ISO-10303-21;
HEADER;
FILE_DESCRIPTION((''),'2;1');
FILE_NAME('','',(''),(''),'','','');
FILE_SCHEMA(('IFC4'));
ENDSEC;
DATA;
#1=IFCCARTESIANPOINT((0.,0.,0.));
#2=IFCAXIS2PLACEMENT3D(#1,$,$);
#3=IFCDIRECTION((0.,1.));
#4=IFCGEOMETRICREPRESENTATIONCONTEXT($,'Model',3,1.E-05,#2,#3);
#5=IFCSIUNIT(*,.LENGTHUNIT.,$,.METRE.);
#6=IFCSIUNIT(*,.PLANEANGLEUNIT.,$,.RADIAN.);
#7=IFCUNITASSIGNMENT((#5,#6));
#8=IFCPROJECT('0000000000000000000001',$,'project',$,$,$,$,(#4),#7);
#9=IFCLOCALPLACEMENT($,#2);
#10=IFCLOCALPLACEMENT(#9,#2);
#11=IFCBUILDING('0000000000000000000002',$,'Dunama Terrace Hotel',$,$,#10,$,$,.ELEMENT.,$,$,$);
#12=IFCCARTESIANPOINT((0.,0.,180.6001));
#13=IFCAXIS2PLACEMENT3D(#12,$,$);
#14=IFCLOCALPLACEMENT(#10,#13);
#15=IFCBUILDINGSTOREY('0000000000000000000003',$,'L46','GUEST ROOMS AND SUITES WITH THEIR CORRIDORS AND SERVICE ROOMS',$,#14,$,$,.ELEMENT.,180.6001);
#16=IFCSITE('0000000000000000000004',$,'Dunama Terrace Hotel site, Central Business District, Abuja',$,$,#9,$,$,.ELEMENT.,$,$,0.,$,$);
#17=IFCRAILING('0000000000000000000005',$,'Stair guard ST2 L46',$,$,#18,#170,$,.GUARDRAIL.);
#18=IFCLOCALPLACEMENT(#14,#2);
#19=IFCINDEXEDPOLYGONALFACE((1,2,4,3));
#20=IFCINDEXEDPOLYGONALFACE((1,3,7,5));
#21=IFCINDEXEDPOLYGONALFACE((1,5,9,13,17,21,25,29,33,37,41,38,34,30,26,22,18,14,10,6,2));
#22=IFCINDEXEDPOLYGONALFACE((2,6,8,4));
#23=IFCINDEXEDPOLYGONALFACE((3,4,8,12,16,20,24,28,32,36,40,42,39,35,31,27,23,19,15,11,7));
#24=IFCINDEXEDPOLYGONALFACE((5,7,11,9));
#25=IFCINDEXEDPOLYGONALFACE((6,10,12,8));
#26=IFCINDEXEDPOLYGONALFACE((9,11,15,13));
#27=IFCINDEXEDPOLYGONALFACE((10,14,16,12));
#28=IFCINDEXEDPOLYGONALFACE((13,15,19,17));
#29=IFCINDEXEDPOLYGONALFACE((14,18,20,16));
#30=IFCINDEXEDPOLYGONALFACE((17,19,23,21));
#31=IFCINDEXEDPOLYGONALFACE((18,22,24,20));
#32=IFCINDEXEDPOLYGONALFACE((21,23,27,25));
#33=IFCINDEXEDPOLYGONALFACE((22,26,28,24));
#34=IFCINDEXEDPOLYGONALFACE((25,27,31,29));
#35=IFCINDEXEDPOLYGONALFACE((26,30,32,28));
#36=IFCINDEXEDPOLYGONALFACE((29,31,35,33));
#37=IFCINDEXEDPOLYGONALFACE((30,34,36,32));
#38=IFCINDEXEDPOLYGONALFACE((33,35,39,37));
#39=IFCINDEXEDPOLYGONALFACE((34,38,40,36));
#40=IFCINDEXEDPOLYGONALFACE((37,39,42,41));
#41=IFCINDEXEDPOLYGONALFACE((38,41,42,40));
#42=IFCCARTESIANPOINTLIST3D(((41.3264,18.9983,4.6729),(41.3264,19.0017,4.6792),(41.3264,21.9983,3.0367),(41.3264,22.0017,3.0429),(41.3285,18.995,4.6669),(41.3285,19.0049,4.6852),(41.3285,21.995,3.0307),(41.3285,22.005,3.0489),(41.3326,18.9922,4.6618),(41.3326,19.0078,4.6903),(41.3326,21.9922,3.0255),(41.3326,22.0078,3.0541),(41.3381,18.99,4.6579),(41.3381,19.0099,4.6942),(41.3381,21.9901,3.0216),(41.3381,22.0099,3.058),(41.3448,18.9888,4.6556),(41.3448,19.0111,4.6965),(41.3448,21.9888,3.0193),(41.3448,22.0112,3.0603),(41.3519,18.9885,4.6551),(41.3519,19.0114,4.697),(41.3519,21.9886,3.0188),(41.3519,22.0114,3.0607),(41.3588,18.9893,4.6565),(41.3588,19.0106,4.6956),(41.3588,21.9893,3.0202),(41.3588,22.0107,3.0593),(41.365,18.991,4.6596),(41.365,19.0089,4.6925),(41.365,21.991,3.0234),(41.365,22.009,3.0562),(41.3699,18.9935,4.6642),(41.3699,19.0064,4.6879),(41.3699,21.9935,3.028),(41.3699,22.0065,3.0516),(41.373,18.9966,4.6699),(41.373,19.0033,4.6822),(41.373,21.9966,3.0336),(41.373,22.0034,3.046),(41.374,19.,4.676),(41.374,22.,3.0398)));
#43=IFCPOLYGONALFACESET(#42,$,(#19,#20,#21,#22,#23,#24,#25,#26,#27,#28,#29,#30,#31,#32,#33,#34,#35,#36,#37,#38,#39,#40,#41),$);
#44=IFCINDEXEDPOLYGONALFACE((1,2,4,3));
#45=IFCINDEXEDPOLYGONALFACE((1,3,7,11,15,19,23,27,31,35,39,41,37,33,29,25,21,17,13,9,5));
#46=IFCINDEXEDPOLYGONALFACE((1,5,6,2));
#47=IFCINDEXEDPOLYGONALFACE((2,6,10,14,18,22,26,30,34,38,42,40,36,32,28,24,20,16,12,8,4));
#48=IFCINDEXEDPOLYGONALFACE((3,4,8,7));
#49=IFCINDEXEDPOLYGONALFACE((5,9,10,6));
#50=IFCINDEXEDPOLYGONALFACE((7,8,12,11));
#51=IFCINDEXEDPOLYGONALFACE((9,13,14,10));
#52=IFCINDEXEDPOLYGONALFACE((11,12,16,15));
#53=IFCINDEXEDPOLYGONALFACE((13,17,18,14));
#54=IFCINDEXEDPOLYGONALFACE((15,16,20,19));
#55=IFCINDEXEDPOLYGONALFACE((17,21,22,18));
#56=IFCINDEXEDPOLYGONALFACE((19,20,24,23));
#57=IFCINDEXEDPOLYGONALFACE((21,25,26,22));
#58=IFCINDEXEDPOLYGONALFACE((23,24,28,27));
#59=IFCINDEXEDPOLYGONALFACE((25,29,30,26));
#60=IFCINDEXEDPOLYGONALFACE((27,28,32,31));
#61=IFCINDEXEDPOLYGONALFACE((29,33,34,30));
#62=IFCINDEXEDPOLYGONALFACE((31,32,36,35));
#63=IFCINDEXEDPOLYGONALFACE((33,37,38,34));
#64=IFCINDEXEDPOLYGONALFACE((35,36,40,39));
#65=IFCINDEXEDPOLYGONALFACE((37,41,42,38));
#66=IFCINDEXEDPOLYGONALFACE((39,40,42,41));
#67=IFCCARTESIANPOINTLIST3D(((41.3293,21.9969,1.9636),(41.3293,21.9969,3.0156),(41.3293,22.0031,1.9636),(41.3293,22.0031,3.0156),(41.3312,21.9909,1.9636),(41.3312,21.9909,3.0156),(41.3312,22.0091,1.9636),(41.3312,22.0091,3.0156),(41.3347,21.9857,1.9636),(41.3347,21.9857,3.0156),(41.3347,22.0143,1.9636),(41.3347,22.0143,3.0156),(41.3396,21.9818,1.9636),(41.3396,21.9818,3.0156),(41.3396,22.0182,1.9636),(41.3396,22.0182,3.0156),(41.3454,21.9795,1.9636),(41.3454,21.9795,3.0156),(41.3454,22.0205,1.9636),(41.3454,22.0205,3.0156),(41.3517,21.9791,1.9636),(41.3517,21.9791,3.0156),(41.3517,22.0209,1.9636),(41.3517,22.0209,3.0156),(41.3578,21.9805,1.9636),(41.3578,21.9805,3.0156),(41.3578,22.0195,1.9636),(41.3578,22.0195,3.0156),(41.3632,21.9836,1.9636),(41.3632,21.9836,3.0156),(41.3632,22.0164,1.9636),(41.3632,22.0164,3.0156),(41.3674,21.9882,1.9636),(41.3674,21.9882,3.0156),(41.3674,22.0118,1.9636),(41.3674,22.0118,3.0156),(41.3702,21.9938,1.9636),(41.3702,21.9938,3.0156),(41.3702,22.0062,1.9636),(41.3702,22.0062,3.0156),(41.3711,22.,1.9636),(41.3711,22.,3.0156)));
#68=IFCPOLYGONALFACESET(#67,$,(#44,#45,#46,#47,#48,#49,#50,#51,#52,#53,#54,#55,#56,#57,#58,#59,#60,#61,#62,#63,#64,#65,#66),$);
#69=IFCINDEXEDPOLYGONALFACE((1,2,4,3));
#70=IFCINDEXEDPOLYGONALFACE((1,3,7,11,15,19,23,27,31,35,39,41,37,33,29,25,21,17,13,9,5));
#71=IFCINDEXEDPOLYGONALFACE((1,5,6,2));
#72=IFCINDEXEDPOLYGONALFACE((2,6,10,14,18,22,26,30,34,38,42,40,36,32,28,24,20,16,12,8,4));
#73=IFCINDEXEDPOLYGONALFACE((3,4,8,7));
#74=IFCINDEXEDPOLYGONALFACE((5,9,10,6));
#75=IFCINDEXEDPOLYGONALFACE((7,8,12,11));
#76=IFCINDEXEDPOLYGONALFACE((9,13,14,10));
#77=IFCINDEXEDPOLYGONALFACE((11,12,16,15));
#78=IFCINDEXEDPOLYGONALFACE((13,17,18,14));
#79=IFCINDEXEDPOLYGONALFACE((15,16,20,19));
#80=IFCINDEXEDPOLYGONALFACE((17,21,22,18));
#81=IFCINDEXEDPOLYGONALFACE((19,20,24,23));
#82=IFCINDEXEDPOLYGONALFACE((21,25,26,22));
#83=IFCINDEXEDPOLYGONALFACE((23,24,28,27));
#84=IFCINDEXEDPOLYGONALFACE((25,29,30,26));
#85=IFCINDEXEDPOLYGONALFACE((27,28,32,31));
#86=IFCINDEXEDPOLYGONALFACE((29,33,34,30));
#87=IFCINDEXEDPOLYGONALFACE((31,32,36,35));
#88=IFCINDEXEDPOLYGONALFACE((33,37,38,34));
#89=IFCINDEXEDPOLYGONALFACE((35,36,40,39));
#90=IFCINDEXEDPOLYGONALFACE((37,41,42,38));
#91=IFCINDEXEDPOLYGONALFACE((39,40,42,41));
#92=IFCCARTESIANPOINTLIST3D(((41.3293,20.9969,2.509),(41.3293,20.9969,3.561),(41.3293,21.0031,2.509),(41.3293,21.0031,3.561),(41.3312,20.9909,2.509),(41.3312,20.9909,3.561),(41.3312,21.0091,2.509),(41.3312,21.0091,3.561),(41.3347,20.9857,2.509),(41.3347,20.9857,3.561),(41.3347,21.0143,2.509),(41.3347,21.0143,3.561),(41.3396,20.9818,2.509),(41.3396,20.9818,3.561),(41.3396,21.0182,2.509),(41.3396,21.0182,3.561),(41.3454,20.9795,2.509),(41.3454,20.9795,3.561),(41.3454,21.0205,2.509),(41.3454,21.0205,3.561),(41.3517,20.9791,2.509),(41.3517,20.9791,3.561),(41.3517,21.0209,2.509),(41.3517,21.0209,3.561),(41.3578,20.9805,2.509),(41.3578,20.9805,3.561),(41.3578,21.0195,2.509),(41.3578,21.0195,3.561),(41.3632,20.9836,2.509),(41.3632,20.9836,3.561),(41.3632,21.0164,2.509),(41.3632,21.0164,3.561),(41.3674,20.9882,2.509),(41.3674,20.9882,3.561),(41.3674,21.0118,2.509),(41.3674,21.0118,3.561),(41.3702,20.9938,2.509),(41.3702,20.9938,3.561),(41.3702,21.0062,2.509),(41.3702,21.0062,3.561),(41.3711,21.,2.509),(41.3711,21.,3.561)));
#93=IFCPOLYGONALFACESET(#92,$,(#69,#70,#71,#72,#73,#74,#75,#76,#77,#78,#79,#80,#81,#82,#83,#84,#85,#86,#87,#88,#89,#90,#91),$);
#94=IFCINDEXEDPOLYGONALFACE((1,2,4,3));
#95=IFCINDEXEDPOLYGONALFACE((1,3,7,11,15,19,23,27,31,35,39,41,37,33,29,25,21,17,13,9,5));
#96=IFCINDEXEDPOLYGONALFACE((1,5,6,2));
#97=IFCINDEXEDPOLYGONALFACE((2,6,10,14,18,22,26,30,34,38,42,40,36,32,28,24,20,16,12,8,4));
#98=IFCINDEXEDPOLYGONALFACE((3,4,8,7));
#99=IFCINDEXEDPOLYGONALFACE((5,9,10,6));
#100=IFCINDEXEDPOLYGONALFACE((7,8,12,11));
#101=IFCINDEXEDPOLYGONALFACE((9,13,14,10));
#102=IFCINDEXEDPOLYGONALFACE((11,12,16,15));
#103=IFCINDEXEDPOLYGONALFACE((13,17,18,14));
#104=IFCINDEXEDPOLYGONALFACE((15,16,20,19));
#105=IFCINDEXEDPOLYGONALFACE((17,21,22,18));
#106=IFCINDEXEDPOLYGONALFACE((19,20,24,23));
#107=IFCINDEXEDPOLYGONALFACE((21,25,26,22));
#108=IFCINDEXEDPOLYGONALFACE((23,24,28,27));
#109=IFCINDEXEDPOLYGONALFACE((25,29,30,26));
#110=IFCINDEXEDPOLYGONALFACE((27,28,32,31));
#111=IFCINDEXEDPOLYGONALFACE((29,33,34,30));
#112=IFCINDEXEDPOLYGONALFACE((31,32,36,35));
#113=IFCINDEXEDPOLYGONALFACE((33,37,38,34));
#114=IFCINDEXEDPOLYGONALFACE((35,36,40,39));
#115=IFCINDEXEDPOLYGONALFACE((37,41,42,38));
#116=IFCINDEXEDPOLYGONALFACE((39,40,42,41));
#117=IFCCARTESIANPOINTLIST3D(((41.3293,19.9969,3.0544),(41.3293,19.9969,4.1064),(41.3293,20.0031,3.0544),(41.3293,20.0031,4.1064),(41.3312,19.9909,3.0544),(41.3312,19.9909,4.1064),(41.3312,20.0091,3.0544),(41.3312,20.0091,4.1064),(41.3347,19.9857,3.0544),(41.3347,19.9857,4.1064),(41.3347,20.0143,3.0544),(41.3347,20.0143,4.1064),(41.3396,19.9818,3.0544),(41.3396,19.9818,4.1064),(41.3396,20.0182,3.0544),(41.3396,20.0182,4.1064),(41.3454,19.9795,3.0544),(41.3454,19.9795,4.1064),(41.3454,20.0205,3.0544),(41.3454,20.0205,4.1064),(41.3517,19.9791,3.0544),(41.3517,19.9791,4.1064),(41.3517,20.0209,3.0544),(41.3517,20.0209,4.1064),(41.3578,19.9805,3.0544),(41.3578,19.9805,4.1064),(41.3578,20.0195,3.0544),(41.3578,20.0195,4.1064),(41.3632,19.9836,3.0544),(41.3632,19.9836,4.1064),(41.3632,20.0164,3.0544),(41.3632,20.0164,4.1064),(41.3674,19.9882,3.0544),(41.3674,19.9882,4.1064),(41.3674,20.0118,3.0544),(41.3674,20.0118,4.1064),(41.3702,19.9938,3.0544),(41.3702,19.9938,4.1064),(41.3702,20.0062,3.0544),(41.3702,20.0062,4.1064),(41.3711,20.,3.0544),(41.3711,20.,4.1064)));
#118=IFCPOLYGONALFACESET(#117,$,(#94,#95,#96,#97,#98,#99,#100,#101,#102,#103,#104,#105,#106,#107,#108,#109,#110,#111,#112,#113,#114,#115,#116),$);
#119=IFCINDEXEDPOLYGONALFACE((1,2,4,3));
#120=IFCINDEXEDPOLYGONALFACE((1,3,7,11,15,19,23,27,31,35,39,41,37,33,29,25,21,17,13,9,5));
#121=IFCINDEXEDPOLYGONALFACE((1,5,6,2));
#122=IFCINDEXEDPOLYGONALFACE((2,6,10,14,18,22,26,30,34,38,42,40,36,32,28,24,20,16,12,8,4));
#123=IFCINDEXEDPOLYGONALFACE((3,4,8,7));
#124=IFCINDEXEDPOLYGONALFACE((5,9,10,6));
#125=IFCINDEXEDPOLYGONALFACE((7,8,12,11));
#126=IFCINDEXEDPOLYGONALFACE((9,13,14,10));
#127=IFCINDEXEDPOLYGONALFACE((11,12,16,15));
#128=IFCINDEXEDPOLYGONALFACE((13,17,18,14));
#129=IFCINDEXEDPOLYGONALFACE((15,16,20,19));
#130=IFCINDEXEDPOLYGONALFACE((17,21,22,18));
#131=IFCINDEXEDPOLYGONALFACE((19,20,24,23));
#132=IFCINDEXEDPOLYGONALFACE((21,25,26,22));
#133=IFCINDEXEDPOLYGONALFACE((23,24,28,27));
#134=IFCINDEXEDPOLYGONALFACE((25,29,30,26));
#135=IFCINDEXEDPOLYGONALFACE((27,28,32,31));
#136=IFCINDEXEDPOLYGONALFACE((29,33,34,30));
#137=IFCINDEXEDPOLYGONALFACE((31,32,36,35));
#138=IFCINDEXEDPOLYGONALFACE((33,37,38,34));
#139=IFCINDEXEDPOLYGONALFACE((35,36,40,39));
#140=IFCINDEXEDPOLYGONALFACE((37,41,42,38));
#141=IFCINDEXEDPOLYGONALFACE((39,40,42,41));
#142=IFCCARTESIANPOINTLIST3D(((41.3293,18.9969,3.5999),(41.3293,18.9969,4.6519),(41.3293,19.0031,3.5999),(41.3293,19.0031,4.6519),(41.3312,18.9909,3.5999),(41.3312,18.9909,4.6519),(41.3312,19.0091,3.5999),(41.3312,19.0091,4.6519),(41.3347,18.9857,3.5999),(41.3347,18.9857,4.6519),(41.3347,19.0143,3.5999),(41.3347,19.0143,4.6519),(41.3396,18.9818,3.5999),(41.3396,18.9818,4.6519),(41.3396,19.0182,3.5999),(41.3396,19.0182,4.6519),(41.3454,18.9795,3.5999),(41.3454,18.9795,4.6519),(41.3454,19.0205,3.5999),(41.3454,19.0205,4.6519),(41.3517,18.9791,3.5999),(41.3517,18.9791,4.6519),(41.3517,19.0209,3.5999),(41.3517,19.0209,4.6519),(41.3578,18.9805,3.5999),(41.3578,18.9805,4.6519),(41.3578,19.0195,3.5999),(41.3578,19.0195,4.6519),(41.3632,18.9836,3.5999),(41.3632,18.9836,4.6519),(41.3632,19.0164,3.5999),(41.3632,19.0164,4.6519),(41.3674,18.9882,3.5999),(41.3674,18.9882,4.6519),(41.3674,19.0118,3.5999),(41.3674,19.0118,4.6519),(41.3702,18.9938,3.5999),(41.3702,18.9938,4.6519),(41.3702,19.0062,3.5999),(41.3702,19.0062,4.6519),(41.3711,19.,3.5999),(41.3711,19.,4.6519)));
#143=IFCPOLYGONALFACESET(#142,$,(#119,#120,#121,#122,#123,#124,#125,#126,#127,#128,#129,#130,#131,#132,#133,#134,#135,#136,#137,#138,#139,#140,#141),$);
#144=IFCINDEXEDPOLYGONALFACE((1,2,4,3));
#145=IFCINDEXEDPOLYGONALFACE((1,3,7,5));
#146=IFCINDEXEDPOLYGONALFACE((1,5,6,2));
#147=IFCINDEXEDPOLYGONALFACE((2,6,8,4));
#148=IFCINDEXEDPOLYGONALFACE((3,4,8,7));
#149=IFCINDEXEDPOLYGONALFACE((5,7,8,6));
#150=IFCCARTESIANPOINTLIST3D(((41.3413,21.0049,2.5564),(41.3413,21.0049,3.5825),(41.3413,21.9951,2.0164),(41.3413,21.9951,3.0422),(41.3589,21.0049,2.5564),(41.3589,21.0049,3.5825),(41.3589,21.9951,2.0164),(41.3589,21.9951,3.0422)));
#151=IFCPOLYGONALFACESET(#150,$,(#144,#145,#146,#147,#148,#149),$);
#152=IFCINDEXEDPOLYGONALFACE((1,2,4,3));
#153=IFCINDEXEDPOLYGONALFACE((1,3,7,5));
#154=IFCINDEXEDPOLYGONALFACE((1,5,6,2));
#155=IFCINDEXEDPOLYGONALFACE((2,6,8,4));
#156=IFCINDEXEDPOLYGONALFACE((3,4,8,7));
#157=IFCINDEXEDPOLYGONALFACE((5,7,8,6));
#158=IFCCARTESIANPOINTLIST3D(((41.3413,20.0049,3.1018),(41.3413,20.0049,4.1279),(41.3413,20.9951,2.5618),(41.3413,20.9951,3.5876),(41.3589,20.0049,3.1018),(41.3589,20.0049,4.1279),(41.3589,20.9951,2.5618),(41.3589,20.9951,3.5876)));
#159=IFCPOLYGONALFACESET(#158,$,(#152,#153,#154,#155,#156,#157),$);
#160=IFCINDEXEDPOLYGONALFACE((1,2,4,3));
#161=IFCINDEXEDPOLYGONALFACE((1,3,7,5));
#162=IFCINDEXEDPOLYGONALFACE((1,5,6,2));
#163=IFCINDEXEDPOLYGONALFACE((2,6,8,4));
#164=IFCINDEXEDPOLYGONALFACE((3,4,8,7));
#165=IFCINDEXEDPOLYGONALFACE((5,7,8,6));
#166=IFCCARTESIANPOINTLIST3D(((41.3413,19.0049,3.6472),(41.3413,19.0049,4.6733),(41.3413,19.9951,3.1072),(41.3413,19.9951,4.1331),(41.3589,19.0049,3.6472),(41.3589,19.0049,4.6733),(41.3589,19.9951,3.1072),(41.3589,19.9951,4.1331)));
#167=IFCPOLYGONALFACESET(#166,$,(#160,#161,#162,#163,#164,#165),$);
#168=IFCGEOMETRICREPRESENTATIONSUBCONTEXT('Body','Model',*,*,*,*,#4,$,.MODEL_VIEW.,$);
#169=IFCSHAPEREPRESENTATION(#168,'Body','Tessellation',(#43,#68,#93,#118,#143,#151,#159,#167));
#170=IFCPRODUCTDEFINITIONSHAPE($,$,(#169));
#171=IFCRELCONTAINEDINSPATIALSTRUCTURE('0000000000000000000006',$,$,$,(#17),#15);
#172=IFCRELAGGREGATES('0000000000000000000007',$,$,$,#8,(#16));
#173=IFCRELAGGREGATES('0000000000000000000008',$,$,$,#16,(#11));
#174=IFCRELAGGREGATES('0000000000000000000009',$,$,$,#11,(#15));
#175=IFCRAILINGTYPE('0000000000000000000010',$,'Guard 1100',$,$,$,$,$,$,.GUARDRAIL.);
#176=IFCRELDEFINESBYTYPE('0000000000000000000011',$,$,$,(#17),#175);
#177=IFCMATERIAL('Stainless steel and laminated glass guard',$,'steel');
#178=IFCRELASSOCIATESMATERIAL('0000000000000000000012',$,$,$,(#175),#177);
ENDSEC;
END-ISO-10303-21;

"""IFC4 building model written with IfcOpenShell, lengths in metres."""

from ifc_helpers import new_model, si_unit, direction, frame, origin, origin_2d, place, context, subcontext, project, spatial, polyline, circle, outline, extrude, material, type_object, element, save


model = new_model("IFC4")

# Units and contexts
model_context = context("Model", 3, precision=1e-05, world=origin(), true_north=direction((0.0, 1.0)))
body_context = subcontext(model_context, "Body", "Model", "MODEL_VIEW")
ifc_project = project(units=[si_unit("LENGTHUNIT", "METRE"), si_unit("PLANEANGLEUNIT", "RADIAN")], contexts=[model_context])

# Site, building, storey
site_placement = place(None, origin())
site = spatial("IfcSite", under=ifc_project, at=site_placement, Name="Dunama Terrace Hotel site, Central Business District, Abuja", CompositionType="ELEMENT", RefElevation=0.0)
building_placement = place(site_placement, origin())
building = spatial("IfcBuilding", under=site, at=building_placement, Name="Dunama Terrace Hotel", CompositionType="ELEMENT")
storey_placement = place(building_placement, frame((0.0, 0.0, 180.6001)))
storey = spatial("IfcBuildingStorey", under=building, at=storey_placement, Name="L46", Description="GUEST ROOMS AND SUITES WITH THEIR CORRIDORS AND SERVICE ROOMS", CompositionType="ELEMENT", Elevation=180.6001)

# Railing
ifc_material_1 = material(Name="Stainless steel and laminated glass guard", Category="steel")
railing_type_1 = type_object("IfcRailingType", Name="Guard 1100", PredefinedType="GUARDRAIL", material=ifc_material_1)
railing_1_placement = place(storey_placement, frame((41.3501, 22.0, 1.9636)))
element("IfcRailing", 1, at=railing_1_placement, inside=storey, type_object=railing_type_1, Name="Stair guard ST2 L46", PredefinedType="GUARDRAIL", context=body_context, shape_type="SweptSolid", body=[
    extrude(circle(Radius=0.0239, at=origin_2d()), frame((0.0, 0.0, 1.0762), z_axis=(0.0, -0.877912, 0.478822), x_axis=(1.0, 0.0, 0.0)), (0.0, 0.0, 1.0), 3.4172),
    extrude(circle(Radius=0.021, at=origin_2d()), origin(), (0.0, 0.0, 1.0), 1.052),
    extrude(circle(Radius=0.021, at=origin_2d()), frame((0.0, -1.0, 0.5454)), (0.0, 0.0, 1.0), 1.052),
    extrude(circle(Radius=0.021, at=origin_2d()), frame((0.0, -2.0, 1.0908)), (0.0, 0.0, 1.0), 1.052),
    extrude(circle(Radius=0.021, at=origin_2d()), frame((0.0, -3.0, 1.6362)), (0.0, 0.0, 1.0), 1.052),
    extrude(outline(polyline([(0.0049, 0.0527), (0.9951, 0.5928), (0.9951, 1.6189), (0.0049, 1.0786), (0.0049, 0.0527)])), frame((0.0088, 0.0, 0.0), z_axis=(-1.0, 0.0, 0.0), x_axis=(0.0, -1.0, 0.0)), (0.0, 0.0, 1.0), 0.0176),
    extrude(outline(polyline([(0.0049, 0.0527), (0.9951, 0.5928), (0.9951, 1.6189), (0.0049, 1.0786), (0.0049, 0.0527)])), frame((0.0088, -1.0, 0.5454), z_axis=(-1.0, 0.0, 0.0), x_axis=(0.0, -1.0, 0.0)), (0.0, 0.0, 1.0), 0.0176),
    extrude(outline(polyline([(0.0049, 0.0527), (0.9951, 0.5928), (0.9951, 1.6189), (0.0049, 1.0786), (0.0049, 0.0527)])), frame((0.0088, -2.0, 1.0908), z_axis=(-1.0, 0.0, 0.0), x_axis=(0.0, -1.0, 0.0)), (0.0, 0.0, 1.0), 0.0176),
])

save(model, "model.ifc")
